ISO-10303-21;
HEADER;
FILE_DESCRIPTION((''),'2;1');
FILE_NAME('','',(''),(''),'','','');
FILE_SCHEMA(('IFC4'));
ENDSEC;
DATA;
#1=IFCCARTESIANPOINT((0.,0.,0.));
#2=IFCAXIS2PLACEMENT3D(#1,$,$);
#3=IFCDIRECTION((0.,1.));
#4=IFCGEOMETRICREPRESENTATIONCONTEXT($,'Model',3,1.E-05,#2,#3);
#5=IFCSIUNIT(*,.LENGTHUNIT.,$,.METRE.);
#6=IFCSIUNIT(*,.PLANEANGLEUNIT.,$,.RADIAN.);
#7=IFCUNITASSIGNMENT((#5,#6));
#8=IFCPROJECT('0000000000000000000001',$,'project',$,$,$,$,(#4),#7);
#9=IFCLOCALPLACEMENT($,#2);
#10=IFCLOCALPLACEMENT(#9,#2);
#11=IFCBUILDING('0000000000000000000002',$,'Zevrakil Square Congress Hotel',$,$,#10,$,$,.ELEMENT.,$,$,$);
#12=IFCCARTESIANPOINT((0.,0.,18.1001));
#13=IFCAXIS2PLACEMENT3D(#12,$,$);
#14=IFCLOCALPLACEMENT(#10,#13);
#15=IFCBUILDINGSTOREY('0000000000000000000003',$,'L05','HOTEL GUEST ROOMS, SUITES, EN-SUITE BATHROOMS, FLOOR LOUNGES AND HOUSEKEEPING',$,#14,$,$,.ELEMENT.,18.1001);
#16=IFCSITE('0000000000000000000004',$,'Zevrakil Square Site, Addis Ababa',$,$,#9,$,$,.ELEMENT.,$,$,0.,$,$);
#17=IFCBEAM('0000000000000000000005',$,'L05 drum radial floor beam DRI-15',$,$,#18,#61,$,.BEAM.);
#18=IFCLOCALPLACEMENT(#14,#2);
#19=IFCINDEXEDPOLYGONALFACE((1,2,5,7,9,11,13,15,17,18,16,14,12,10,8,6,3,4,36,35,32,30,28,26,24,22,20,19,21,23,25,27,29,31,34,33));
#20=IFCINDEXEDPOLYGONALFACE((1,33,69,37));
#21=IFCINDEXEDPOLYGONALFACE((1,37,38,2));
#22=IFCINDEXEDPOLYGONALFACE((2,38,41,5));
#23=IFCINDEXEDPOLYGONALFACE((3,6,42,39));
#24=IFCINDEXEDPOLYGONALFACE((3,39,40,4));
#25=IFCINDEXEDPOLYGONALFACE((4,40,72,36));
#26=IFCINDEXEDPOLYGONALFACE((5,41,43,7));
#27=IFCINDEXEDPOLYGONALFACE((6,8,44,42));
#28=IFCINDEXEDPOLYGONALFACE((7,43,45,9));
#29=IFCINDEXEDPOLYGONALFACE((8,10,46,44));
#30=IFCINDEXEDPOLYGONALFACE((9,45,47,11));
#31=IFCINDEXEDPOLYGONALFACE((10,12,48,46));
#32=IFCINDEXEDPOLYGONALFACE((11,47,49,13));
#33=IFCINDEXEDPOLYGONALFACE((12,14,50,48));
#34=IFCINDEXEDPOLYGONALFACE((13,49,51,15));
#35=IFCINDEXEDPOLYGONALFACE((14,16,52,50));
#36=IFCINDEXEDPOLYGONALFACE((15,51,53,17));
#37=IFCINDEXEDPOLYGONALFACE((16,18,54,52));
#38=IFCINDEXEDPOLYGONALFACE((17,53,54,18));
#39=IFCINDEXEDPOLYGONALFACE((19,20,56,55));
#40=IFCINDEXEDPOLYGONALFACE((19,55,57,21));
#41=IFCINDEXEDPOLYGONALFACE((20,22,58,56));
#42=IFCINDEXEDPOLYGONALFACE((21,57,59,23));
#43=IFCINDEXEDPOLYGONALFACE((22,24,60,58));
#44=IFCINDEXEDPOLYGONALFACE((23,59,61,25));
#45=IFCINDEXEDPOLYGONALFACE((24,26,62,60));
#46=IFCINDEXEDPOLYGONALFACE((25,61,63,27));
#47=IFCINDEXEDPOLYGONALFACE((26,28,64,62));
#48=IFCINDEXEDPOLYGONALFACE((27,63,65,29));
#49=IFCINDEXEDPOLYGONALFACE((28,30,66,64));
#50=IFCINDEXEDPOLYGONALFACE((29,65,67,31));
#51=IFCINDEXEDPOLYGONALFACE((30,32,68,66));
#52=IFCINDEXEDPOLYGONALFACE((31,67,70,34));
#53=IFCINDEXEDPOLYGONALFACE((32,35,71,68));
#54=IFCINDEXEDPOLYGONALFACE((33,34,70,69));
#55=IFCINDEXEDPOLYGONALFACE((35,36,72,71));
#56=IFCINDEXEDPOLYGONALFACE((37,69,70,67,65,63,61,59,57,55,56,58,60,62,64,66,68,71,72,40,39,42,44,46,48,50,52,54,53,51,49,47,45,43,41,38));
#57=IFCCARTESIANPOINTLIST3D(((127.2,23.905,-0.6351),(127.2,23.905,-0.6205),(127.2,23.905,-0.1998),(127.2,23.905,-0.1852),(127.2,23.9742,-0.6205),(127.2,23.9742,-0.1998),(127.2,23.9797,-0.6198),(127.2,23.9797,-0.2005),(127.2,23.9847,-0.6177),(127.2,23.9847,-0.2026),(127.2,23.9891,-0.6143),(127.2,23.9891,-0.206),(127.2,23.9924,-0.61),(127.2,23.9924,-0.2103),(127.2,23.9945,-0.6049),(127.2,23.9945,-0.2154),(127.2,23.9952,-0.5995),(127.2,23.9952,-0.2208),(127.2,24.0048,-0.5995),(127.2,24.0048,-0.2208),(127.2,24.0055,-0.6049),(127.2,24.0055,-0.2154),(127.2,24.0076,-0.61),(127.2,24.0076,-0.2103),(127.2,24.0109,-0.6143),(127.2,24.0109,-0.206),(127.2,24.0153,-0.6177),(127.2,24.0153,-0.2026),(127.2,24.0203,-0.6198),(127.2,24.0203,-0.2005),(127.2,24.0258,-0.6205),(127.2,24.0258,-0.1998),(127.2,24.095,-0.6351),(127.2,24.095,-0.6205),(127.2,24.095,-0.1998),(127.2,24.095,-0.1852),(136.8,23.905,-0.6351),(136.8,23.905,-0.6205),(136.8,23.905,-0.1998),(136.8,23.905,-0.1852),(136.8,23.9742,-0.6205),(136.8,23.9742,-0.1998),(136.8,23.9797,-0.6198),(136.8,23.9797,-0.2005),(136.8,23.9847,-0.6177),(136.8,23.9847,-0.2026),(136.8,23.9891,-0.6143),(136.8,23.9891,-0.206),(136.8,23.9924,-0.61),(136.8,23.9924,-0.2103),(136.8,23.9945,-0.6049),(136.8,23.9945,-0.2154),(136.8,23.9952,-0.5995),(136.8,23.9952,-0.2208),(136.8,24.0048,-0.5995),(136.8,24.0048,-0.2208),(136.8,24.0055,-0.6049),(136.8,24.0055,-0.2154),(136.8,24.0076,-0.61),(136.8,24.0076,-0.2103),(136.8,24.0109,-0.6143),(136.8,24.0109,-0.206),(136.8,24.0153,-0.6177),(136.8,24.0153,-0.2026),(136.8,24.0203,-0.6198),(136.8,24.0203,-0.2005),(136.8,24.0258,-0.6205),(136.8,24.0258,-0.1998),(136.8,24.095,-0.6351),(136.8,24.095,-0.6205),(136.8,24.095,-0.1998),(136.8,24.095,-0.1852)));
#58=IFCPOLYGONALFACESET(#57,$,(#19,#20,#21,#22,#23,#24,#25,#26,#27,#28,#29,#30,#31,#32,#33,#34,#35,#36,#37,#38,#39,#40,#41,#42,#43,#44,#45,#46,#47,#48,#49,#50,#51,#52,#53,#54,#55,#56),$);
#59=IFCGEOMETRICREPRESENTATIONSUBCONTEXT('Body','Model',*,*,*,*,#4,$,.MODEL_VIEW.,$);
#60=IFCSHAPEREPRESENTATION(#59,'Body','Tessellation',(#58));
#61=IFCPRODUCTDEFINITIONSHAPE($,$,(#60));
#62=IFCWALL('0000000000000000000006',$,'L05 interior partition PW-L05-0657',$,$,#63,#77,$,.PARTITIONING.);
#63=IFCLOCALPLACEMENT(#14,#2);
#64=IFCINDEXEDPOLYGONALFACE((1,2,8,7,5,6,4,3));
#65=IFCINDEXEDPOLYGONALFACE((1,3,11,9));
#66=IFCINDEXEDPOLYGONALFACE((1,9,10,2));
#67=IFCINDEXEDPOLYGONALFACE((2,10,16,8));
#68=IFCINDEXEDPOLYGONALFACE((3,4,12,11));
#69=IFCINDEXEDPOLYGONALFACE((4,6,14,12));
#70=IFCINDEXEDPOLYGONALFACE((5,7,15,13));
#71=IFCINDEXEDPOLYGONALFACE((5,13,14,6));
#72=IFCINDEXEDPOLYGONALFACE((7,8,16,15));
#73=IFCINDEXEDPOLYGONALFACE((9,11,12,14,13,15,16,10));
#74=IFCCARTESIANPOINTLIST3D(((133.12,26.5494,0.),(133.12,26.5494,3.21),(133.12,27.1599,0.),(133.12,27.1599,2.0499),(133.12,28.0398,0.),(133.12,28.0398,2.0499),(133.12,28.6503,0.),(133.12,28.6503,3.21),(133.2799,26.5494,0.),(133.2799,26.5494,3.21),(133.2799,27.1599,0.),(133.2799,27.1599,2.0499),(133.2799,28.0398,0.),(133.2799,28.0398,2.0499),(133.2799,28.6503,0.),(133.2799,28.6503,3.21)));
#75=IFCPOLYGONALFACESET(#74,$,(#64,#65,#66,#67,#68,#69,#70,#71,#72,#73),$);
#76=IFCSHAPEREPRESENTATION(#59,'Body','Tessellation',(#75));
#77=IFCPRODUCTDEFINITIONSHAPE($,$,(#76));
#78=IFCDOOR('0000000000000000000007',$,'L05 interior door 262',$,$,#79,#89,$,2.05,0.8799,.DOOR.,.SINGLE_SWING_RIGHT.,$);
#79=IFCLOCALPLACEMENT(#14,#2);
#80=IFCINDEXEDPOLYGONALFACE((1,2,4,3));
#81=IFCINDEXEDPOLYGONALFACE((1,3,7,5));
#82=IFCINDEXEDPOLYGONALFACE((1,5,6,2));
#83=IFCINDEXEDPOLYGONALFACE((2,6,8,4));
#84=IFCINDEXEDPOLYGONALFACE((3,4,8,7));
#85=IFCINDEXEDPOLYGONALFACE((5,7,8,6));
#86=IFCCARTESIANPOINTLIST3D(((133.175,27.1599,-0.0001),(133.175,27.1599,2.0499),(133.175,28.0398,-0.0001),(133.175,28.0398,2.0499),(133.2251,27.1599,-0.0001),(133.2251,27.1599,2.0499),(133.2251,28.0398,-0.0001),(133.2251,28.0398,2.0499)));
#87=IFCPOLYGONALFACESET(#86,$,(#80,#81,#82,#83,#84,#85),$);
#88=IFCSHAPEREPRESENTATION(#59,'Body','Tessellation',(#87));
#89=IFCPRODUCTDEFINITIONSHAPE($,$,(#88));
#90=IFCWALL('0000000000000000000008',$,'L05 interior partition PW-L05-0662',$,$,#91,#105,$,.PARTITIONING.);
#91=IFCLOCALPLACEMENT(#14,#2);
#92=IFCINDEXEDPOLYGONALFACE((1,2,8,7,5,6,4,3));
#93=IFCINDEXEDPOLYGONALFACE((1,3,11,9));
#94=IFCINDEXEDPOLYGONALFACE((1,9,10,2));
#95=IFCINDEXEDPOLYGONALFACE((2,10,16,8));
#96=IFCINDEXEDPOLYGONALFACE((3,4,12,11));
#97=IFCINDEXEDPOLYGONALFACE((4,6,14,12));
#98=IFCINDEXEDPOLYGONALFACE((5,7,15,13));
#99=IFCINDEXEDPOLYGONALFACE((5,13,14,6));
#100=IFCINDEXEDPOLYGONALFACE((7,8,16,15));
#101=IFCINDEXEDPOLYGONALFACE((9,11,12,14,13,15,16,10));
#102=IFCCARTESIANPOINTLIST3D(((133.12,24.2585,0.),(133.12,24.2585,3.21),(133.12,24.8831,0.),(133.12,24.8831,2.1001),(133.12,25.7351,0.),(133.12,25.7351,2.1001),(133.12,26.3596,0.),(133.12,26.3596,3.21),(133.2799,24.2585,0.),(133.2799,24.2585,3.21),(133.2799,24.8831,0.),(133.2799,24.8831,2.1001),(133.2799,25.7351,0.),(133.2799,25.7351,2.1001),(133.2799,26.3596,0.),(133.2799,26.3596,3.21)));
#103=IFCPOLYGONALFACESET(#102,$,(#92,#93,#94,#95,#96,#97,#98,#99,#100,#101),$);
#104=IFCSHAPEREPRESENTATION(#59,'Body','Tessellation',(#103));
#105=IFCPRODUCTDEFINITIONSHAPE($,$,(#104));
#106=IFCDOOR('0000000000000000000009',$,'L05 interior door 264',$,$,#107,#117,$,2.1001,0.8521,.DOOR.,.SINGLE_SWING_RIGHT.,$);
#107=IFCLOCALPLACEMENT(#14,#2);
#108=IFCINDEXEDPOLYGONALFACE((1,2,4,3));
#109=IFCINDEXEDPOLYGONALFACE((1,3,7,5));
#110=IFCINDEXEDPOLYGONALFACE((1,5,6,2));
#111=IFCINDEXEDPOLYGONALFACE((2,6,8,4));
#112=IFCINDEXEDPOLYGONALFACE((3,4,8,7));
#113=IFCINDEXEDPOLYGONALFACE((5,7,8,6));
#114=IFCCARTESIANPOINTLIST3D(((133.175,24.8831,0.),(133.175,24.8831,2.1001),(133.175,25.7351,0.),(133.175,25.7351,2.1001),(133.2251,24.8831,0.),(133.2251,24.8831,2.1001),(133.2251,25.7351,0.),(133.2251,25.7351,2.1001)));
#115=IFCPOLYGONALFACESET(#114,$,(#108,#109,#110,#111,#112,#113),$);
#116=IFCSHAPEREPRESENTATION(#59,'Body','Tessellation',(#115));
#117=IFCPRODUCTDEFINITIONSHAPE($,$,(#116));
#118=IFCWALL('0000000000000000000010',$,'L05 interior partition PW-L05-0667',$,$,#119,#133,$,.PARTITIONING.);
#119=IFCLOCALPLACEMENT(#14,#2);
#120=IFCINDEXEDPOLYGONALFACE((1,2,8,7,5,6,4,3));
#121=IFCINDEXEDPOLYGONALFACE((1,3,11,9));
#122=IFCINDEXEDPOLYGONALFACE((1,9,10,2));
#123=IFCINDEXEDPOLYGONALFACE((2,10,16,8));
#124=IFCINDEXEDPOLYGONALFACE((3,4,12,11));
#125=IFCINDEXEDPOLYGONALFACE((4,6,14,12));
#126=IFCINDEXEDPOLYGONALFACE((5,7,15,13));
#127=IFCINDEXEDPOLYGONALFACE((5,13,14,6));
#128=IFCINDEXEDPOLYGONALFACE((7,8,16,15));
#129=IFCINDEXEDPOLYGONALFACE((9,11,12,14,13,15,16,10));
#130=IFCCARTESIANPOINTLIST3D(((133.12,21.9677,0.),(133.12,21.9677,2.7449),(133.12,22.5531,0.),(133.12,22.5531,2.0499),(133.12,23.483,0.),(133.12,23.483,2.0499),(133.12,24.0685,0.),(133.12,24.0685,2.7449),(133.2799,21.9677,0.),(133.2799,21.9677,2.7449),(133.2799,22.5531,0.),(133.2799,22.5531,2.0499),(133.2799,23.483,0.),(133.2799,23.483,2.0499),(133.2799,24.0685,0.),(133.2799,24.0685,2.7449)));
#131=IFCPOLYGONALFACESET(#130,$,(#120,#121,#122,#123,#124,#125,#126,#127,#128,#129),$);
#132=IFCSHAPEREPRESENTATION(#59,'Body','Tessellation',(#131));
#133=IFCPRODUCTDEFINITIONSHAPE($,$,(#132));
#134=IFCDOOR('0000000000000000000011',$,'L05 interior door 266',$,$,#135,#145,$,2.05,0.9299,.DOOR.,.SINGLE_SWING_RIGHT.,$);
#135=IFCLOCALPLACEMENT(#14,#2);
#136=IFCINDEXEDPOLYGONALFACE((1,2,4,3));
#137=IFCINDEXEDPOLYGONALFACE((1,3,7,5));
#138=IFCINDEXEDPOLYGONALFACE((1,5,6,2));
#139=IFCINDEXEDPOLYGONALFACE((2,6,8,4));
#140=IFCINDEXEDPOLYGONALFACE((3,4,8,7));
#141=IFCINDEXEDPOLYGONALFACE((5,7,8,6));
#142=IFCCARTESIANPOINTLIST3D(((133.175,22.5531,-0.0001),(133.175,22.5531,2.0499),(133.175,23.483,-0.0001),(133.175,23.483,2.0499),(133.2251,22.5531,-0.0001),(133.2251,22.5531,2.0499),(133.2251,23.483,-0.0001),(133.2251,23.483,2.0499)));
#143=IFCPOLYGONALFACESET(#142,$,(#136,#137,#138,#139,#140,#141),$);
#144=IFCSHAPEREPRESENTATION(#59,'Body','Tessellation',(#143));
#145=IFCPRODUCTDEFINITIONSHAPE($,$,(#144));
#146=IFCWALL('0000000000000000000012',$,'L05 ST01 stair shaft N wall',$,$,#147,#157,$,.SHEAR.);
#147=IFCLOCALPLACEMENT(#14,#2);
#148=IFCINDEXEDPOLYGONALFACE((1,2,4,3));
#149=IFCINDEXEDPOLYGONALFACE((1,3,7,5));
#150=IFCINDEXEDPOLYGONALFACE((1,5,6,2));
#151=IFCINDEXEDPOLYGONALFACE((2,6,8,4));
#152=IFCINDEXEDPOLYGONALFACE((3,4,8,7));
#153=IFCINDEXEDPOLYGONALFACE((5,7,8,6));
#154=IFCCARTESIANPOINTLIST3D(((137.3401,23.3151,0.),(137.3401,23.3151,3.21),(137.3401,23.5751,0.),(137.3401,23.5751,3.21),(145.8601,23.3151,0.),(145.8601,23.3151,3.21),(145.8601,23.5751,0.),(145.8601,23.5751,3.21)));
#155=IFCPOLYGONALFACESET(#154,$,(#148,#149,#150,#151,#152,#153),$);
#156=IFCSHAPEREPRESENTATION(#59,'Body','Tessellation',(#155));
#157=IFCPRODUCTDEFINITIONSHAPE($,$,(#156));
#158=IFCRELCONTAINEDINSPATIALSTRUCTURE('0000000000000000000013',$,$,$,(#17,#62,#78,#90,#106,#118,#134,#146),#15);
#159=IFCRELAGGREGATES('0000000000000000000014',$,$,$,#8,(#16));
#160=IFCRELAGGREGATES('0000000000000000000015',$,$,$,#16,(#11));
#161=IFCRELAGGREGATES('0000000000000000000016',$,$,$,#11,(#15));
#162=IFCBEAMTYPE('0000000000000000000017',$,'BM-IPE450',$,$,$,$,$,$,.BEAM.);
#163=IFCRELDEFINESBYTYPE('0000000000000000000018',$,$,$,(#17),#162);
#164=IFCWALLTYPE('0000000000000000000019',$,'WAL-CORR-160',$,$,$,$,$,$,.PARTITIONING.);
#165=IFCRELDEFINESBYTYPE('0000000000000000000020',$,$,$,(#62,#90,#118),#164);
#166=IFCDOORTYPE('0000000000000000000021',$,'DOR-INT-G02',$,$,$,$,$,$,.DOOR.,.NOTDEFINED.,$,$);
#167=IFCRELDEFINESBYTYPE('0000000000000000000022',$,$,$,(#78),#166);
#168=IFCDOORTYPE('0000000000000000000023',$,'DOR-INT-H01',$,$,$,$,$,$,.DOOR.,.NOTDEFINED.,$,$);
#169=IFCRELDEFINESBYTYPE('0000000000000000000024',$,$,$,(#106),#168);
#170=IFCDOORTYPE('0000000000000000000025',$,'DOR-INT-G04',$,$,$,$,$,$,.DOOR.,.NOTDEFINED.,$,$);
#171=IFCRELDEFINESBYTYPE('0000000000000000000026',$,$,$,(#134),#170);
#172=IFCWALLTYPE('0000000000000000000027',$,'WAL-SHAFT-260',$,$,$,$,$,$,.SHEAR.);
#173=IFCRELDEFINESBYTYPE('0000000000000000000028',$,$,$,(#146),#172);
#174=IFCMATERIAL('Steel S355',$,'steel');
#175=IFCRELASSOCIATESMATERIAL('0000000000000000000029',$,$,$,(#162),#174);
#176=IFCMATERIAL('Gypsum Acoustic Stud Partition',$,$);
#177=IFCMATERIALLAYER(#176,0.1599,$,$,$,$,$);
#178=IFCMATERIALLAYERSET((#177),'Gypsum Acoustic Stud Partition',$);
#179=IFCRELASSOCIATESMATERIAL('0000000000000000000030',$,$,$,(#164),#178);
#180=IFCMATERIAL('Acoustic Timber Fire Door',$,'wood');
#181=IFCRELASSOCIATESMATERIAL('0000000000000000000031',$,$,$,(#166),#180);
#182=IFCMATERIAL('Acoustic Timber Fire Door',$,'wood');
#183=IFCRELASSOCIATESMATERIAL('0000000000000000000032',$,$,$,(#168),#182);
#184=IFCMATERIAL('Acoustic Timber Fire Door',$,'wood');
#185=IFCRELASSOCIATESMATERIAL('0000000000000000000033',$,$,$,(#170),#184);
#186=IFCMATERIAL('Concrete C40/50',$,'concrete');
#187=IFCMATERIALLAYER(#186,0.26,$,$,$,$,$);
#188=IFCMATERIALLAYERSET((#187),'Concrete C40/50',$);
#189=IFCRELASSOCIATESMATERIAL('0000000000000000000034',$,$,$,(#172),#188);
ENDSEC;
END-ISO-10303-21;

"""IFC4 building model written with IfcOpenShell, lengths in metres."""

from ifc_helpers import new_model, si_unit, direction, frame, frame_2d, origin, origin_2d, place, context, subcontext, project, spatial, rectangle, i_section, extrude, material, layer, layer_set, material_profile, profile_set, type_object, element, fill, save


model = new_model("IFC4")

# Units and contexts
model_context = context("Model", 3, precision=1e-05, world=origin(), true_north=direction((0.0, 1.0)))
body_context = subcontext(model_context, "Body", "Model", "MODEL_VIEW")
ifc_project = project(units=[si_unit("LENGTHUNIT", "METRE"), si_unit("PLANEANGLEUNIT", "RADIAN")], contexts=[model_context])

# Site, building, storey
site_placement = place(None, origin())
site = spatial("IfcSite", under=ifc_project, at=site_placement, Name="Zevrakil Square Site, Addis Ababa", CompositionType="ELEMENT", RefElevation=0.0)
building_placement = place(site_placement, origin())
building = spatial("IfcBuilding", under=site, at=building_placement, Name="Zevrakil Square Congress Hotel", CompositionType="ELEMENT")
storey_placement = place(building_placement, frame((0.0, 0.0, 18.1001)))
storey = spatial("IfcBuildingStorey", under=building, at=storey_placement, Name="L05", Description="HOTEL GUEST ROOMS, SUITES, EN-SUITE BATHROOMS, FLOOR LOUNGES AND HOUSEKEEPING", CompositionType="ELEMENT", Elevation=18.1001)

# Beam
ifc_material_1 = material(Name="Steel S355", Category="steel")
ifc_material_profile = material_profile(ifc_material_1, i_section(OverallWidth=0.1899, OverallDepth=0.45, WebThickness=0.0095, FlangeThickness=0.0146, FilletRadius=0.021, at=origin_2d()), Name="IPE 450")
ifc_profile_set = profile_set([ifc_material_profile], Name="Steel S355")
beam_type = type_object("IfcBeamType", Name="BM-IPE450", PredefinedType="BEAM", material=ifc_profile_set)
beam_placement = place(storey_placement, frame((136.8, 24.0, -0.4102), z_axis=(-1.0, 0.0, 0.0), x_axis=(0.0, -1.0, 0.0)))
element("IfcBeam", 1, at=beam_placement, inside=storey, type_object=beam_type, Name="L05 drum radial floor beam DRI-15", PredefinedType="BEAM", context=body_context, shape_type="SweptSolid", body=[
    extrude(i_section(OverallWidth=0.1899, OverallDepth=0.45, WebThickness=0.0095, FlangeThickness=0.0146, FilletRadius=0.021, at=origin_2d()), origin(), (0.0, 0.0, 1.0), 9.6001),
])

# Walls, openings, doors
ifc_material_2 = material(Name="Gypsum Acoustic Stud Partition")
ifc_layer_1 = layer(ifc_material_2, 0.1599)
ifc_layer_set_1 = layer_set([ifc_layer_1], Name="Gypsum Acoustic Stud Partition")
wall_type_1 = type_object("IfcWallType", Name="WAL-CORR-160", PredefinedType="PARTITIONING", material=ifc_layer_set_1)
wall_1_placement = place(storey_placement, frame((133.2, 26.5496, 0.0), z_axis=(0.0, 0.0, 1.0), x_axis=(0.0, 1.0, 0.0)))
wall_1 = element("IfcWall", 2, at=wall_1_placement, inside=storey, type_object=wall_type_1, Name="L05 interior partition PW-L05-0657", PredefinedType="PARTITIONING", context=body_context, shape_type="SweptSolid", body=[
    extrude(rectangle(XDim=2.1008, YDim=0.1599, at=frame_2d((1.0503, 0.0))), origin(), (0.0, 0.0, 1.0), 3.21),
])
opening_1_placement = place(wall_1_placement, frame((0.6104, 0.0, 0.0)))
opening_1 = element("IfcOpeningElement", 3, at=opening_1_placement, cuts=wall_1, PredefinedType="OPENING", context=body_context, shape_type="SweptSolid", body=[
    extrude(rectangle(XDim=0.8799, YDim=2.05, at=frame_2d((0.4399, 1.0249))), frame((0.0, 0.0898, 0.0), z_axis=(0.0, -1.0, 0.0), x_axis=(1.0, 0.0, 0.0)), (0.0, 0.0, 1.0), 0.1799),
])
ifc_material_3 = material(Name="Acoustic Timber Fire Door", Category="wood")
door_type_1 = type_object("IfcDoorType", Name="DOR-INT-G02", OperationType="NOTDEFINED", PredefinedType="DOOR", material=ifc_material_3)
door_1_placement = place(opening_1_placement, origin())
door_1 = element("IfcDoor", 4, at=door_1_placement, inside=storey, type_object=door_type_1, Name="L05 interior door 262", OperationType="SINGLE_SWING_RIGHT", OverallHeight=2.05, OverallWidth=0.8799, PredefinedType="DOOR", context=body_context, shape_type="SweptSolid", body=[
    extrude(rectangle(XDim=0.8799, YDim=2.05, at=frame_2d((0.4399, 1.0249))), frame((0.0, 0.0249, 0.0), z_axis=(0.0, -1.0, 0.0), x_axis=(1.0, 0.0, 0.0)), (0.0, 0.0, 1.0), 0.05),
])
fill(opening_1, door_1)
wall_2_placement = place(storey_placement, frame((133.2, 24.2585, 0.0), z_axis=(0.0, 0.0, 1.0), x_axis=(0.0, 1.0, 0.0)))
wall_2 = element("IfcWall", 5, at=wall_2_placement, inside=storey, type_object=wall_type_1, Name="L05 interior partition PW-L05-0662", PredefinedType="PARTITIONING", context=body_context, shape_type="SweptSolid", body=[
    extrude(rectangle(XDim=2.1011, YDim=0.1599, at=frame_2d((1.0505, 0.0))), origin(), (0.0, 0.0, 1.0), 3.21),
])
opening_2_placement = place(wall_2_placement, frame((0.6245, 0.0, 0.0)))
opening_2 = element("IfcOpeningElement", 6, at=opening_2_placement, cuts=wall_2, PredefinedType="OPENING", context=body_context, shape_type="SweptSolid", body=[
    extrude(rectangle(XDim=0.8521, YDim=2.1001, at=frame_2d((0.426, 1.05))), frame((0.0, 0.0898, 0.0), z_axis=(0.0, -1.0, 0.0), x_axis=(1.0, 0.0, 0.0)), (0.0, 0.0, 1.0), 0.1799),
])
ifc_material_4 = material(Name="Acoustic Timber Fire Door", Category="wood")
door_type_2 = type_object("IfcDoorType", Name="DOR-INT-H01", OperationType="NOTDEFINED", PredefinedType="DOOR", material=ifc_material_4)
door_2_placement = place(opening_2_placement, origin())
door_2 = element("IfcDoor", 7, at=door_2_placement, inside=storey, type_object=door_type_2, Name="L05 interior door 264", OperationType="SINGLE_SWING_RIGHT", OverallHeight=2.1001, OverallWidth=0.8521, PredefinedType="DOOR", context=body_context, shape_type="SweptSolid", body=[
    extrude(rectangle(XDim=0.8521, YDim=2.1001, at=frame_2d((0.426, 1.05))), frame((0.0, 0.0249, 0.0), z_axis=(0.0, -1.0, 0.0), x_axis=(1.0, 0.0, 0.0)), (0.0, 0.0, 1.0), 0.05),
])
fill(opening_2, door_2)
wall_3_placement = place(storey_placement, frame((133.2, 21.9678, 0.0), z_axis=(0.0, 0.0, 1.0), x_axis=(0.0, 1.0, 0.0)))
wall_3 = element("IfcWall", 8, at=wall_3_placement, inside=storey, type_object=wall_type_1, Name="L05 interior partition PW-L05-0667", PredefinedType="PARTITIONING", context=body_context, shape_type="SweptSolid", body=[
    extrude(rectangle(XDim=2.1008, YDim=0.1599, at=frame_2d((1.0503, 0.0))), origin(), (0.0, 0.0, 1.0), 2.7449),
])
opening_3_placement = place(wall_3_placement, frame((0.5854, 0.0, 0.0)))
opening_3 = element("IfcOpeningElement", 9, at=opening_3_placement, cuts=wall_3, PredefinedType="OPENING", context=body_context, shape_type="SweptSolid", body=[
    extrude(rectangle(XDim=0.9299, YDim=2.05, at=frame_2d((0.4648, 1.0249))), frame((0.0, 0.0898, 0.0), z_axis=(0.0, -1.0, 0.0), x_axis=(1.0, 0.0, 0.0)), (0.0, 0.0, 1.0), 0.1799),
])
ifc_material_5 = material(Name="Acoustic Timber Fire Door", Category="wood")
door_type_3 = type_object("IfcDoorType", Name="DOR-INT-G04", OperationType="NOTDEFINED", PredefinedType="DOOR", material=ifc_material_5)
door_3_placement = place(opening_3_placement, origin())
door_3 = element("IfcDoor", 10, at=door_3_placement, inside=storey, type_object=door_type_3, Name="L05 interior door 266", OperationType="SINGLE_SWING_RIGHT", OverallHeight=2.05, OverallWidth=0.9299, PredefinedType="DOOR", context=body_context, shape_type="SweptSolid", body=[
    extrude(rectangle(XDim=0.9299, YDim=2.05, at=frame_2d((0.4648, 1.0249))), frame((0.0, 0.0249, 0.0), z_axis=(0.0, -1.0, 0.0), x_axis=(1.0, 0.0, 0.0)), (0.0, 0.0, 1.0), 0.05),
])
fill(opening_3, door_3)

# Wall
ifc_material_6 = material(Name="Concrete C40/50", Category="concrete")
ifc_layer_2 = layer(ifc_material_6, 0.26)
ifc_layer_set_2 = layer_set([ifc_layer_2], Name="Concrete C40/50")
wall_type_2 = type_object("IfcWallType", Name="WAL-SHAFT-260", PredefinedType="SHEAR", material=ifc_layer_set_2)
wall_4_placement = place(storey_placement, frame((137.3401, 23.4451, 0.0), z_axis=(0.0, 0.0, 1.0), x_axis=(1.0, 0.0, 0.0)))
element("IfcWall", 11, at=wall_4_placement, inside=storey, type_object=wall_type_2, Name="L05 ST01 stair shaft N wall", PredefinedType="SHEAR", context=body_context, shape_type="SweptSolid", body=[
    extrude(rectangle(XDim=8.52, YDim=0.26, at=frame_2d((4.26, 0.0))), origin(), (0.0, 0.0, 1.0), 3.21),
])

save(model, "model.ifc")
